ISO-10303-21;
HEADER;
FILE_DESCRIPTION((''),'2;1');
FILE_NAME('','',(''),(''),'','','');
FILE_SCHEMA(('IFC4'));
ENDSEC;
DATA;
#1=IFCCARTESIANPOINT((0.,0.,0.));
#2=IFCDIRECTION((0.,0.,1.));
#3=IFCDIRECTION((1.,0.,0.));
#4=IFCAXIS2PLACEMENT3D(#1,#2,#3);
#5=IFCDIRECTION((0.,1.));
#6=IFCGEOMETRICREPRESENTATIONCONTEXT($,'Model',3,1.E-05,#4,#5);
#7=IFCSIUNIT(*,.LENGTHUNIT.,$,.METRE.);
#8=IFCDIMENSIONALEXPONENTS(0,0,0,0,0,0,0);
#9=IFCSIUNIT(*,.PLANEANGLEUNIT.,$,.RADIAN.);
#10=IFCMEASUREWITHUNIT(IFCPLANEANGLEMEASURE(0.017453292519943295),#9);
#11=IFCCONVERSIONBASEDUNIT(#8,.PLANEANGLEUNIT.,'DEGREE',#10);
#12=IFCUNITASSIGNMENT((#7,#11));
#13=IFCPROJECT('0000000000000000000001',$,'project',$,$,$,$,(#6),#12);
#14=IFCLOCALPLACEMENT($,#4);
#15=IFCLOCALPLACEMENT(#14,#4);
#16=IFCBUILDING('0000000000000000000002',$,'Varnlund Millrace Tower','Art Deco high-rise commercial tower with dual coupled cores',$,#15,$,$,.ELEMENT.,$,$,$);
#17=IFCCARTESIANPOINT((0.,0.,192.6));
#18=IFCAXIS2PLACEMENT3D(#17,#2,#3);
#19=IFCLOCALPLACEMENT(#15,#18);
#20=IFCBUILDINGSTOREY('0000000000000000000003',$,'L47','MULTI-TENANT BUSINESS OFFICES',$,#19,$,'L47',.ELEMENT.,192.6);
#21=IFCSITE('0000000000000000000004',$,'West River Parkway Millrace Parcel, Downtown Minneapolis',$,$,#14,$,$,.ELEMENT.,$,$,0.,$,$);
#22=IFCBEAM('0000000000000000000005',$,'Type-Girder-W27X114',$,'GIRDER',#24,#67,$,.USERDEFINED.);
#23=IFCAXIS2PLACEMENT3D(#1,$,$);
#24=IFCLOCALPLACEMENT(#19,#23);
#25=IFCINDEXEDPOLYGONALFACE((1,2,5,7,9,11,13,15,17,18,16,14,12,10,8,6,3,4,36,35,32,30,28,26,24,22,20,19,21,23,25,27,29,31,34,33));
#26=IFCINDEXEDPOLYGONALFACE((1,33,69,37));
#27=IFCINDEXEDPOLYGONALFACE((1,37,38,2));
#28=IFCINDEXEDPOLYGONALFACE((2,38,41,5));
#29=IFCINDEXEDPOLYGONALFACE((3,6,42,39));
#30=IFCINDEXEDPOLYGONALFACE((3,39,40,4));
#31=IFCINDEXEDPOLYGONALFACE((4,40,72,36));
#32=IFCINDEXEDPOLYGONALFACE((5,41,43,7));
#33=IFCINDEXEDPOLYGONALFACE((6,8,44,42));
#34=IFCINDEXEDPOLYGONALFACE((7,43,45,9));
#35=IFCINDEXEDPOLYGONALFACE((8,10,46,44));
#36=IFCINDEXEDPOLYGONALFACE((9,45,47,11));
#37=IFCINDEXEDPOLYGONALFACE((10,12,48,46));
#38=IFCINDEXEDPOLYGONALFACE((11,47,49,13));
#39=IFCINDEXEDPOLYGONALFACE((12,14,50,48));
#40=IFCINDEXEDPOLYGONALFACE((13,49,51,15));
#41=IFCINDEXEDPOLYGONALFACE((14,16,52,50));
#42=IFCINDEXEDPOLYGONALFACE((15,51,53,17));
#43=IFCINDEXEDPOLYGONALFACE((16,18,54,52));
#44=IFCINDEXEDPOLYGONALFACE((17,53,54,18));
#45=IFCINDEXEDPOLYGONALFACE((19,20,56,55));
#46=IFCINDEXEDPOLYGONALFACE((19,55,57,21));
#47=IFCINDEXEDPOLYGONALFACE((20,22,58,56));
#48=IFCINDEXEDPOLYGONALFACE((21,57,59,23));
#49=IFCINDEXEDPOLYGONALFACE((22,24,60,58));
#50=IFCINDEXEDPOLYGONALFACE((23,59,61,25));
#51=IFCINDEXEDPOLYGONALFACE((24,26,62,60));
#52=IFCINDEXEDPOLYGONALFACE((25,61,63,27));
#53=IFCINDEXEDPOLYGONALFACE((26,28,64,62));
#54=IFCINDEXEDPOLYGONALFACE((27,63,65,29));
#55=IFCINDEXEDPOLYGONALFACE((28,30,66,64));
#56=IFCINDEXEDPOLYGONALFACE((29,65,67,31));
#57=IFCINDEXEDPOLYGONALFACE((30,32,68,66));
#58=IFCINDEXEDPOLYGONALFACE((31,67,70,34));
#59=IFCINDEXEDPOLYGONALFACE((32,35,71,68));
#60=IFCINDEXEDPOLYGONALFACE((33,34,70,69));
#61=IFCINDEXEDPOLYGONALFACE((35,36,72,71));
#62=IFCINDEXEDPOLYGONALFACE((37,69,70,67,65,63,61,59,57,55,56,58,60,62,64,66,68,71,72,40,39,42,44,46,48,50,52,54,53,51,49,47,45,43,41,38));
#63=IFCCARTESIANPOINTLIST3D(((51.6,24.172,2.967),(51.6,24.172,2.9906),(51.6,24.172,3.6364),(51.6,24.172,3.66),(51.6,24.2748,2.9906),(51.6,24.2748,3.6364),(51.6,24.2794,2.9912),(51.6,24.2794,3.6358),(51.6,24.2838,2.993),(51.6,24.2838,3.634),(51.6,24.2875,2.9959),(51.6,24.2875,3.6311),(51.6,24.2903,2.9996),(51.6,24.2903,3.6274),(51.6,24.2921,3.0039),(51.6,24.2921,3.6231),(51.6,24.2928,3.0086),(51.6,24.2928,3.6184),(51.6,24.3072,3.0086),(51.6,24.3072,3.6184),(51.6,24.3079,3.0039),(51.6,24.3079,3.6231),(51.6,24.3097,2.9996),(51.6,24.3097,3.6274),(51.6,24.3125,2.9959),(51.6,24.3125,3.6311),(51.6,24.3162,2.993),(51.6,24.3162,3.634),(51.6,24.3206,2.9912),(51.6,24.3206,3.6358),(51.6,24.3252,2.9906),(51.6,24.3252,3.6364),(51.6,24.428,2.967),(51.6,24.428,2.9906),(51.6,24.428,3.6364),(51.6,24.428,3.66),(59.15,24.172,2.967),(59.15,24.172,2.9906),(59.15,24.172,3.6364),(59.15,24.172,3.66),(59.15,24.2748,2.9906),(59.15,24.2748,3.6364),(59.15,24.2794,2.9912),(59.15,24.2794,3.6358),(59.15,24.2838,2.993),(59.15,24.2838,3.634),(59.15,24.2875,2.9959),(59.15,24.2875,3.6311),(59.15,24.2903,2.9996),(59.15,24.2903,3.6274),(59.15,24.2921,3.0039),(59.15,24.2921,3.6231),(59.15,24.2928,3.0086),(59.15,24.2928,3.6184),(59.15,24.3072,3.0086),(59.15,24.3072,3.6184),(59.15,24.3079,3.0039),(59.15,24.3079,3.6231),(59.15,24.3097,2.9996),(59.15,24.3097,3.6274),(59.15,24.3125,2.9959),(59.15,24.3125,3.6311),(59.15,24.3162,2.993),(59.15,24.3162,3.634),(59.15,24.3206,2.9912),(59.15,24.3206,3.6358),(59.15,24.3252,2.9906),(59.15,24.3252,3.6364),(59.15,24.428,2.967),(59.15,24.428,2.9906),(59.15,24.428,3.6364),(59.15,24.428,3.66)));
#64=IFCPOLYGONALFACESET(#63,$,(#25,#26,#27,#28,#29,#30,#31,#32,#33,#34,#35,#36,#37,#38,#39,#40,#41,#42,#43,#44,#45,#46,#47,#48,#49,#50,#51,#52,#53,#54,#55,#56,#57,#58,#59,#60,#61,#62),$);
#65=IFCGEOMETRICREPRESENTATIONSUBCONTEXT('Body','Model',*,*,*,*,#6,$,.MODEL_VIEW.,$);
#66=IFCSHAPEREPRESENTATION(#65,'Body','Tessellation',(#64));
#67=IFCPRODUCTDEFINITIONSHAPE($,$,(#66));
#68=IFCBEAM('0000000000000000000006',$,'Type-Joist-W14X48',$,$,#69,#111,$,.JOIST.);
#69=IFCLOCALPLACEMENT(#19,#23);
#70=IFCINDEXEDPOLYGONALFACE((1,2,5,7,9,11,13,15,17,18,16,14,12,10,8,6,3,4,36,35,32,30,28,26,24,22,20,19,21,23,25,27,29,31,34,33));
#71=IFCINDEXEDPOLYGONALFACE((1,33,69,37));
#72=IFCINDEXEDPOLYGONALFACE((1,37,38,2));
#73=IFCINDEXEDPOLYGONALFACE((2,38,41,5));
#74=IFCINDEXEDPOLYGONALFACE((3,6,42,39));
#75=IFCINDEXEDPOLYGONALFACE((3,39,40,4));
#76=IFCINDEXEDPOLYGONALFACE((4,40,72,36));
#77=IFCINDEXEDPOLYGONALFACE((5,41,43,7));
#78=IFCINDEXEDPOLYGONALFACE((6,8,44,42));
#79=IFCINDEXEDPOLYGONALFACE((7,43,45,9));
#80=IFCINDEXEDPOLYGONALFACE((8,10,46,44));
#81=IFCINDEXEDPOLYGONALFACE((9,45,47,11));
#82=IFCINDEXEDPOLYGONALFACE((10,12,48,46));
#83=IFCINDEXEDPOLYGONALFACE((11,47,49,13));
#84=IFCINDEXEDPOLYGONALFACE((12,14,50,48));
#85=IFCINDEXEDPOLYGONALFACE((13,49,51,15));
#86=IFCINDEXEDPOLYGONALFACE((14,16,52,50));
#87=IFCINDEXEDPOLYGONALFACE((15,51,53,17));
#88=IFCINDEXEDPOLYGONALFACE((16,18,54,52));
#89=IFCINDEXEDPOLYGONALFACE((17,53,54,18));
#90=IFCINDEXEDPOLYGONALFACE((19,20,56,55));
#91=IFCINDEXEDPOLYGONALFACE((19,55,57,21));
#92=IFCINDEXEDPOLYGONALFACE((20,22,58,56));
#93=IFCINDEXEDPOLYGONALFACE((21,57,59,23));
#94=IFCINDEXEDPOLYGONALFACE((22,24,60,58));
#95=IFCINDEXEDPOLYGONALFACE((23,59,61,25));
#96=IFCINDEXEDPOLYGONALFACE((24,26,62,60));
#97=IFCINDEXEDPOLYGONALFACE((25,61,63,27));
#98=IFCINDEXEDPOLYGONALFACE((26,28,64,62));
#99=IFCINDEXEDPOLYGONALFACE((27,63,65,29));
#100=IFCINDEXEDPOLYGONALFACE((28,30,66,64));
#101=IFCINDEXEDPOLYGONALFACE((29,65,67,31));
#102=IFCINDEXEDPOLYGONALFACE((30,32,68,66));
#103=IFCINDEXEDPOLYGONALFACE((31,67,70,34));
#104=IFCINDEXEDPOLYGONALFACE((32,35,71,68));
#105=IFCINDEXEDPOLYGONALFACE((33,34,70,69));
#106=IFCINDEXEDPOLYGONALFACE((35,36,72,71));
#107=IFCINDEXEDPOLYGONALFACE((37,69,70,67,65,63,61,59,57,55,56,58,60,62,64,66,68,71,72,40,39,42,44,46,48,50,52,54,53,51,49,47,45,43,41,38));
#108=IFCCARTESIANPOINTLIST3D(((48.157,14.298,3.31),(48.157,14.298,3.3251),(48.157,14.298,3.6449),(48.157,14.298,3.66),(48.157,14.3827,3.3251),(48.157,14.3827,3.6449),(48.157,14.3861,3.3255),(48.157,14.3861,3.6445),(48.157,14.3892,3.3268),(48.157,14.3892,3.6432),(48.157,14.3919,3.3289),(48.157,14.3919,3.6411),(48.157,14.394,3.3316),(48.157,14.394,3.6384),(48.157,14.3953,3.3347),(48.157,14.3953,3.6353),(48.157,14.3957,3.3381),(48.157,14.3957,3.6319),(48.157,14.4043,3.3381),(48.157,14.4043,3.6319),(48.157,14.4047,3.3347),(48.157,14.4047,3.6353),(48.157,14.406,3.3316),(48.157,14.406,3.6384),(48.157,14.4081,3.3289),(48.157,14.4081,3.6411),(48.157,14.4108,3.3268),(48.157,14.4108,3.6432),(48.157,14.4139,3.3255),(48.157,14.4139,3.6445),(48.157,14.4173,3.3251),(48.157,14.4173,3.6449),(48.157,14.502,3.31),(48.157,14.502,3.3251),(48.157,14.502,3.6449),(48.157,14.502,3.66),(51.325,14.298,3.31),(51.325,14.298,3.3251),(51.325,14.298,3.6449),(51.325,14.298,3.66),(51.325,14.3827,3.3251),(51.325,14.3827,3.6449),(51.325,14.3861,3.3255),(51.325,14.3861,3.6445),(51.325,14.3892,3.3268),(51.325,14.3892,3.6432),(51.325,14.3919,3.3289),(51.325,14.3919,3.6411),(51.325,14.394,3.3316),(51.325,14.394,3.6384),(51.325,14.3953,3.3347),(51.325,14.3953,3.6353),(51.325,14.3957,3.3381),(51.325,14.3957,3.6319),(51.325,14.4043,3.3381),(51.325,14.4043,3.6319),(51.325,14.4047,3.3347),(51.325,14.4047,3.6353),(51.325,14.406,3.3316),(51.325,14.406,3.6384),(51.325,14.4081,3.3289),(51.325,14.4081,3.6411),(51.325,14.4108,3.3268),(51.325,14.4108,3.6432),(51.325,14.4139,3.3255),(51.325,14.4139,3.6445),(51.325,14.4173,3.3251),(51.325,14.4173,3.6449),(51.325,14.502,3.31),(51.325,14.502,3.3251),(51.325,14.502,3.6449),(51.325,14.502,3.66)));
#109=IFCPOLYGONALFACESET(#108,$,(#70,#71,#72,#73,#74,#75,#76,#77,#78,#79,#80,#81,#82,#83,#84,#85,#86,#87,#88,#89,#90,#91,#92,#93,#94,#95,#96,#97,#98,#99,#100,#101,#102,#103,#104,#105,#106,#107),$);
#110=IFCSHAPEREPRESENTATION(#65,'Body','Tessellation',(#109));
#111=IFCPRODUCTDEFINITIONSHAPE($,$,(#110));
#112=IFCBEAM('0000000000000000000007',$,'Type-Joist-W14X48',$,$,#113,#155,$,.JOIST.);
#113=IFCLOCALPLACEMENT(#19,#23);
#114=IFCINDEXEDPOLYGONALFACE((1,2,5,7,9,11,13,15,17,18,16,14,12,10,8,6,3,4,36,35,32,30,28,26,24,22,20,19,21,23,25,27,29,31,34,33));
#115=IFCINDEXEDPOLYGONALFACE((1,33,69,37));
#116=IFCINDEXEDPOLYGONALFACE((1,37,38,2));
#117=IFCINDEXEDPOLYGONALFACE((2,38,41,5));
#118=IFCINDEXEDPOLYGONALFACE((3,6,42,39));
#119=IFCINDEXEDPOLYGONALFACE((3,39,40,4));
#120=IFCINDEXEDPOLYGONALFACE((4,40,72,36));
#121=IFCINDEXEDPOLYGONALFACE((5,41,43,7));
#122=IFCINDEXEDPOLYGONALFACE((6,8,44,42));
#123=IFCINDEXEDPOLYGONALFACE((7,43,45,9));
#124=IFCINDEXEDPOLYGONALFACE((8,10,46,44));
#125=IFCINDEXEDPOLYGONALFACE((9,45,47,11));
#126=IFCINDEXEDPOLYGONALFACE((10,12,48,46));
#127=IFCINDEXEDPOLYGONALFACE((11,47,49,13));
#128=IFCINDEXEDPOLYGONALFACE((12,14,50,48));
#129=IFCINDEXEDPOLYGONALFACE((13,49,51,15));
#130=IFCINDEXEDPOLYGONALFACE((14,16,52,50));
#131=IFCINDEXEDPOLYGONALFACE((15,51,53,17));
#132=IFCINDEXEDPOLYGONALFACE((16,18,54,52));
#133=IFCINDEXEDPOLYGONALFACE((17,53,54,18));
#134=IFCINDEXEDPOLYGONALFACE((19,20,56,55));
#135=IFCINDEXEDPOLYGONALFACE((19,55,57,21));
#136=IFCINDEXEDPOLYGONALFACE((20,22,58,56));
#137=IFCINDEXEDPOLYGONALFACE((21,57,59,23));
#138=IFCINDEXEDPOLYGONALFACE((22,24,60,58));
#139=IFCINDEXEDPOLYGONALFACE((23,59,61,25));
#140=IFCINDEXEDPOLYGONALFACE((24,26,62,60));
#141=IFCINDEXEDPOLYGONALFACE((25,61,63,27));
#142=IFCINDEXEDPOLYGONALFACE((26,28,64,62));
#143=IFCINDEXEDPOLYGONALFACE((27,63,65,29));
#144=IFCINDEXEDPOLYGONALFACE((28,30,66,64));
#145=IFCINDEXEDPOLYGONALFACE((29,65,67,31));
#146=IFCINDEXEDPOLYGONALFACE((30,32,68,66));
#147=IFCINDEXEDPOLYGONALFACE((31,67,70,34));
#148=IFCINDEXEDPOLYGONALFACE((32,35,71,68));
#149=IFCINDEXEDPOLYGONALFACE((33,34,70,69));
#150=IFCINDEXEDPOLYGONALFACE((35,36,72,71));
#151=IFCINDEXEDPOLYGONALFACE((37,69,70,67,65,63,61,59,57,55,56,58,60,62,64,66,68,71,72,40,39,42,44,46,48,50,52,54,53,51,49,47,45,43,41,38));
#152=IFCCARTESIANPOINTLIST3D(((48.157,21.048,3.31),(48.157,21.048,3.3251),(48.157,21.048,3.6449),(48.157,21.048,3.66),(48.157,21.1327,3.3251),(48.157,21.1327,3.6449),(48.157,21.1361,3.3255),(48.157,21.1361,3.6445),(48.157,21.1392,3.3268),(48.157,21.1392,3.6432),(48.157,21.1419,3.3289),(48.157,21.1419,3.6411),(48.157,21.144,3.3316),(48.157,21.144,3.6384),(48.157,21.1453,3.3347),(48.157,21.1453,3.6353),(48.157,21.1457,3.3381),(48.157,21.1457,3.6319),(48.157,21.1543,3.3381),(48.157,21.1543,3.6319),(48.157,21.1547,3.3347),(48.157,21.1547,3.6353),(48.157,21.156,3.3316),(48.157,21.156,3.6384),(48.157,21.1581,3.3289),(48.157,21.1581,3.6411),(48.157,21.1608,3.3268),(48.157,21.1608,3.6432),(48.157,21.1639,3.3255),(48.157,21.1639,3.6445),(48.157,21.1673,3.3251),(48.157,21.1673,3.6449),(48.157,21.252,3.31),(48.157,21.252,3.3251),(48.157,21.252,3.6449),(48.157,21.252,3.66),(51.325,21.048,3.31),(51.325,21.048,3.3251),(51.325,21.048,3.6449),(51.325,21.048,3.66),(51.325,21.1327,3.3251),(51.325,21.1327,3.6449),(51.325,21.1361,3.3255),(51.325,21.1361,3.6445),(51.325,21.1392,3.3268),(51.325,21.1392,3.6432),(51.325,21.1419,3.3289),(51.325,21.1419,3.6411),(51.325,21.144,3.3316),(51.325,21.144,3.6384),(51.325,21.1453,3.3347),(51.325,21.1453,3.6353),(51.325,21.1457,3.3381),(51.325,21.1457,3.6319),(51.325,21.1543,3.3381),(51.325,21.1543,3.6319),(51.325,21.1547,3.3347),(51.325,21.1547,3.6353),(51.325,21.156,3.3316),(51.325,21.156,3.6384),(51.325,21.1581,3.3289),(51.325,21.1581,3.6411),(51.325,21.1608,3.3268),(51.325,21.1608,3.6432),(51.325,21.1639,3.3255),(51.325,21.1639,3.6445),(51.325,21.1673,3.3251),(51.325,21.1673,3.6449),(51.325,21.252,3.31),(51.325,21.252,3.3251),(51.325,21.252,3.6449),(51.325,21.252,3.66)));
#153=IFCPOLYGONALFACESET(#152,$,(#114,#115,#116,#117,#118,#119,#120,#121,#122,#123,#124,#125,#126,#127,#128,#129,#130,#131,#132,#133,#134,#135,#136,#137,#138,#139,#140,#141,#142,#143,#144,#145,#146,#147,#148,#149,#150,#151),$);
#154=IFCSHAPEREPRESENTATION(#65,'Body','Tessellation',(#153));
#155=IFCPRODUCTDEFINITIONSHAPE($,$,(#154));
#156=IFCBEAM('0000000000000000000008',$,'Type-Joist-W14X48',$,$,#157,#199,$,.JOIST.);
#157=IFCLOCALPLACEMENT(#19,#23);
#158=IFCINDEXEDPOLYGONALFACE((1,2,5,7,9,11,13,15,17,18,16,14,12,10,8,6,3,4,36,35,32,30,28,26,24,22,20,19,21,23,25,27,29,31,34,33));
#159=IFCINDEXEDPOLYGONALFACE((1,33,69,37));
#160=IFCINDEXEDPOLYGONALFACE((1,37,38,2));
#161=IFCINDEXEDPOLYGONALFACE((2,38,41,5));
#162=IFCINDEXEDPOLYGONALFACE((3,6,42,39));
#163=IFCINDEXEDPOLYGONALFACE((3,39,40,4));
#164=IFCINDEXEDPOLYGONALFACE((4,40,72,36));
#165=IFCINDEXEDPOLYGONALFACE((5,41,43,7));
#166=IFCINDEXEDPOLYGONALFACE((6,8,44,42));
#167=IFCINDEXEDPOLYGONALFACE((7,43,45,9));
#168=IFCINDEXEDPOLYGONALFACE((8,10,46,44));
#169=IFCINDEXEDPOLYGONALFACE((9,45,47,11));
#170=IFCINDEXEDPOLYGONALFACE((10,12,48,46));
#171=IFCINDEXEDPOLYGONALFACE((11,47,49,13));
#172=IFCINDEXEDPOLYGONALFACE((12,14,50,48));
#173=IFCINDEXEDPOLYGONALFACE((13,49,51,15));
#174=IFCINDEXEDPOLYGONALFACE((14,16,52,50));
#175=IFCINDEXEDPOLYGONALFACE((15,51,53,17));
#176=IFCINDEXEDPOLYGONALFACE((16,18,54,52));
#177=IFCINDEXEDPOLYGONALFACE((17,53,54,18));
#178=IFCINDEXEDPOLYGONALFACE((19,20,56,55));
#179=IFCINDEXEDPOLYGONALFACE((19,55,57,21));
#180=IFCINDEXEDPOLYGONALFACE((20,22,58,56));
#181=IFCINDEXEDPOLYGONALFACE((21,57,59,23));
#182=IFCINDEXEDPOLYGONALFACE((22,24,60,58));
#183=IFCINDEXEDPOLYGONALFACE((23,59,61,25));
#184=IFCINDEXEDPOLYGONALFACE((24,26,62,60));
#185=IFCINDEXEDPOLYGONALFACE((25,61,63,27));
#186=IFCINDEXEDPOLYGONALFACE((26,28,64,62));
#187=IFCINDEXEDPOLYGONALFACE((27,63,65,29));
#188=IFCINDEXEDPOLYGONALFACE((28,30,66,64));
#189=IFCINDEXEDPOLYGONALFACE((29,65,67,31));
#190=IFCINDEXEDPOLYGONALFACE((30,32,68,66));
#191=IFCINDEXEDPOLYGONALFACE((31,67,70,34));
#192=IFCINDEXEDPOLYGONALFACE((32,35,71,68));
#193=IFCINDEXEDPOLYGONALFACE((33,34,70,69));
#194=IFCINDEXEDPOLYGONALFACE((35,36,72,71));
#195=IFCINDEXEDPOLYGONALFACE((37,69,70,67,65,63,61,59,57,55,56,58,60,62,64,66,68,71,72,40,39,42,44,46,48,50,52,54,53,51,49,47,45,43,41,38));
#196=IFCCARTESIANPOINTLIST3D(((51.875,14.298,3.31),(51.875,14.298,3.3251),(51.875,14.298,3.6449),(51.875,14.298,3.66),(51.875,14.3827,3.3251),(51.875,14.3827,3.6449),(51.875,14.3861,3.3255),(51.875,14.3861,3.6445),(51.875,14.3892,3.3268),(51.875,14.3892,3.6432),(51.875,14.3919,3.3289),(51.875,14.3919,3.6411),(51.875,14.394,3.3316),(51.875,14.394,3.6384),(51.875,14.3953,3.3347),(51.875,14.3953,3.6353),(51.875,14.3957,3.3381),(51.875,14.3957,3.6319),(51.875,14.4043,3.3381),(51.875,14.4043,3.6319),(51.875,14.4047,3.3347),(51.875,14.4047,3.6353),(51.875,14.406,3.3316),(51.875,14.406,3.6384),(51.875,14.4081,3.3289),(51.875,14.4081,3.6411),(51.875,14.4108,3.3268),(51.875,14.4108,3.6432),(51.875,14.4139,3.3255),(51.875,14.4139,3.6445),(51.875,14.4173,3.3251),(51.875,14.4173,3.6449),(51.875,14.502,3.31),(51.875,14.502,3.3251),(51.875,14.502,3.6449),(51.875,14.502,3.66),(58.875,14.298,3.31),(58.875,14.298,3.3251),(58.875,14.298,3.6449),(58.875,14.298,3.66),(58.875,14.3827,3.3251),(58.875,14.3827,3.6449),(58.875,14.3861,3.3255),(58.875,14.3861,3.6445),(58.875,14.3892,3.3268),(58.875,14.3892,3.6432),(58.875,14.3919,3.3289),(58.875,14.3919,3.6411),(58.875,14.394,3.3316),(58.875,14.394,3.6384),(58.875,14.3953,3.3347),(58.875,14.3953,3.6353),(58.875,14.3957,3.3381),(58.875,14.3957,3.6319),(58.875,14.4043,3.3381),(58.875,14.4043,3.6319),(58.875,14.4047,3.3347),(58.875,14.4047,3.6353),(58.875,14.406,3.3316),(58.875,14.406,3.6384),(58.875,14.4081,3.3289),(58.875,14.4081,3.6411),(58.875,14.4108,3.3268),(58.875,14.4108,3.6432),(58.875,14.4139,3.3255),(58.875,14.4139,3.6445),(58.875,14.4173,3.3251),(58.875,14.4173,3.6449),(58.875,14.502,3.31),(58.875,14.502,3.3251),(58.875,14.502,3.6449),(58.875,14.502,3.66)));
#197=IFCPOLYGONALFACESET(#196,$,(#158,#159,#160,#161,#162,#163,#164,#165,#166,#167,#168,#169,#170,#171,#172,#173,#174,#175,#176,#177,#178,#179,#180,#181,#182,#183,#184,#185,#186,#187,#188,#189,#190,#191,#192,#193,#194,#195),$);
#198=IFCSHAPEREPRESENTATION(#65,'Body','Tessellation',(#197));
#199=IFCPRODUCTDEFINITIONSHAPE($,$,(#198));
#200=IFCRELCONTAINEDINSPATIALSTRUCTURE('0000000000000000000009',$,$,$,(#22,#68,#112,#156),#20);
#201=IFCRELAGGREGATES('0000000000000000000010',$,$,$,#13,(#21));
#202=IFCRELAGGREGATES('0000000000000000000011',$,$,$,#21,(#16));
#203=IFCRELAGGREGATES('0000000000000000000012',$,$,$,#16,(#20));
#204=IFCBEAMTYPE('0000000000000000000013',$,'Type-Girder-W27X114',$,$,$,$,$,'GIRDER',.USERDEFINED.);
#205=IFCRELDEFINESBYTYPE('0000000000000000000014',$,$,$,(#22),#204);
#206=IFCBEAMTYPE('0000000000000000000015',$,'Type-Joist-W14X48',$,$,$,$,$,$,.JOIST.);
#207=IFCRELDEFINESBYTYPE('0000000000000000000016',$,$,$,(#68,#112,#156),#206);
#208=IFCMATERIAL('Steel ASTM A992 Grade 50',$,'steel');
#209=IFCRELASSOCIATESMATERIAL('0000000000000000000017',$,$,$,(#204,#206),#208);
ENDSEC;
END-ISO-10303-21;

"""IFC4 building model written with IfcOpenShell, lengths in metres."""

from ifc_helpers import new_model, entity, si_unit, converted_unit, direction, frame, origin_with_axes, origin_2d_with_axis, place, context, subcontext, project, spatial, i_section, extrude, material, material_profile, profile_set, type_object, element, save


model = new_model("IFC4")

# Units and contexts
model_context = context("Model", 3, precision=1e-05, world=origin_with_axes(), true_north=direction((0.0, 1.0)))
body_context = subcontext(model_context, "Body", "Model", "MODEL_VIEW")
ifc_project = project(units=[si_unit("LENGTHUNIT", "METRE"), converted_unit("PLANEANGLEUNIT", "DEGREE", entity("IfcPlaneAngleMeasure", 0.017453292519943295), si_unit("PLANEANGLEUNIT", "RADIAN"), dimensions=[0, 0, 0, 0, 0, 0, 0])], contexts=[model_context])

# Site, building, storey
site_placement = place(None, origin_with_axes())
site = spatial("IfcSite", under=ifc_project, at=site_placement, Name="West River Parkway Millrace Parcel, Downtown Minneapolis", CompositionType="ELEMENT", RefElevation=0.0)
building_placement = place(site_placement, origin_with_axes())
building = spatial("IfcBuilding", under=site, at=building_placement, Name="Varnlund Millrace Tower", Description="Art Deco high-rise commercial tower with dual coupled cores", CompositionType="ELEMENT")
storey_placement = place(building_placement, frame((0.0, 0.0, 192.6), z_axis=(0.0, 0.0, 1.0), x_axis=(1.0, 0.0, 0.0)))
storey = spatial("IfcBuildingStorey", under=building, at=storey_placement, Name="L47", Description="MULTI-TENANT BUSINESS OFFICES", LongName="L47", CompositionType="ELEMENT", Elevation=192.6)

# Beams
ifc_material_1 = material(Name="Steel ASTM A992 Grade 50", Category="steel")
ifc_material_profile_1 = material_profile(ifc_material_1, i_section(OverallWidth=0.256, OverallDepth=0.693, WebThickness=0.0145, FlangeThickness=0.0236, FilletRadius=0.018, at=origin_2d_with_axis()), Name="Steel ASTM A992 Grade 50")
ifc_profile_set_1 = profile_set([ifc_material_profile_1], Name="Steel ASTM A992 Grade 50")
beam_type_1 = type_object("IfcBeamType", Name="Type-Girder-W27X114", ElementType="GIRDER", PredefinedType="USERDEFINED", material=ifc_profile_set_1)
beam_1_placement = place(storey_placement, frame((51.6, 24.3, 3.3135), z_axis=(1.0, 0.0, 0.0), x_axis=(0.0, 1.0, 0.0)))
element("IfcBeam", 1, at=beam_1_placement, inside=storey, type_object=beam_type_1, Name="Type-Girder-W27X114", ObjectType="GIRDER", PredefinedType="USERDEFINED", context=body_context, shape_type="SweptSolid", body=[
    extrude(i_section(OverallWidth=0.256, OverallDepth=0.693, WebThickness=0.0145, FlangeThickness=0.0236, FilletRadius=0.018, at=origin_2d_with_axis()), origin_with_axes(), (0.0, 0.0, 1.0), 7.55),
])
ifc_material_profile_2 = material_profile(ifc_material_1, i_section(OverallWidth=0.204, OverallDepth=0.35, WebThickness=0.0086, FlangeThickness=0.0151, FilletRadius=0.013, at=origin_2d_with_axis()), Name="Steel ASTM A992 Grade 50")
ifc_profile_set_2 = profile_set([ifc_material_profile_2], Name="Steel ASTM A992 Grade 50")
beam_type_2 = type_object("IfcBeamType", Name="Type-Joist-W14X48", PredefinedType="JOIST", material=ifc_profile_set_2)
for number, where, z_axis, x_axis, name in (
    (2, (48.157, 14.4, 3.485), (1.0, 0.0, 0.0), (0.0, 1.0, 0.0), "Type-Joist-W14X48"),
    (3, (48.157, 21.15, 3.485), (1.0, 0.0, 0.0), (0.0, 1.0, 0.0), "Type-Joist-W14X48"),
):
    element("IfcBeam", number, at=place(storey_placement, frame(where, z_axis=z_axis, x_axis=x_axis)), inside=storey, type_object=beam_type_2, Name=name, PredefinedType="JOIST", context=body_context, shape_type="SweptSolid", body=[
        extrude(i_section(OverallWidth=0.204, OverallDepth=0.35, WebThickness=0.0086, FlangeThickness=0.0151, FilletRadius=0.013, at=origin_2d_with_axis()), origin_with_axes(), (0.0, 0.0, 1.0), 3.168),
    ])
for number, where, z_axis, x_axis, name in (
    (4, (51.875, 14.4, 3.485), (1.0, 0.0, 0.0), (0.0, 1.0, 0.0), "Type-Joist-W14X48"),
):
    element("IfcBeam", number, at=place(storey_placement, frame(where, z_axis=z_axis, x_axis=x_axis)), inside=storey, type_object=beam_type_2, Name=name, PredefinedType="JOIST", context=body_context, shape_type="SweptSolid", body=[
        extrude(i_section(OverallWidth=0.204, OverallDepth=0.35, WebThickness=0.0086, FlangeThickness=0.0151, FilletRadius=0.013, at=origin_2d_with_axis()), origin_with_axes(), (0.0, 0.0, 1.0), 7.0),
    ])

save(model, "model.ifc")
